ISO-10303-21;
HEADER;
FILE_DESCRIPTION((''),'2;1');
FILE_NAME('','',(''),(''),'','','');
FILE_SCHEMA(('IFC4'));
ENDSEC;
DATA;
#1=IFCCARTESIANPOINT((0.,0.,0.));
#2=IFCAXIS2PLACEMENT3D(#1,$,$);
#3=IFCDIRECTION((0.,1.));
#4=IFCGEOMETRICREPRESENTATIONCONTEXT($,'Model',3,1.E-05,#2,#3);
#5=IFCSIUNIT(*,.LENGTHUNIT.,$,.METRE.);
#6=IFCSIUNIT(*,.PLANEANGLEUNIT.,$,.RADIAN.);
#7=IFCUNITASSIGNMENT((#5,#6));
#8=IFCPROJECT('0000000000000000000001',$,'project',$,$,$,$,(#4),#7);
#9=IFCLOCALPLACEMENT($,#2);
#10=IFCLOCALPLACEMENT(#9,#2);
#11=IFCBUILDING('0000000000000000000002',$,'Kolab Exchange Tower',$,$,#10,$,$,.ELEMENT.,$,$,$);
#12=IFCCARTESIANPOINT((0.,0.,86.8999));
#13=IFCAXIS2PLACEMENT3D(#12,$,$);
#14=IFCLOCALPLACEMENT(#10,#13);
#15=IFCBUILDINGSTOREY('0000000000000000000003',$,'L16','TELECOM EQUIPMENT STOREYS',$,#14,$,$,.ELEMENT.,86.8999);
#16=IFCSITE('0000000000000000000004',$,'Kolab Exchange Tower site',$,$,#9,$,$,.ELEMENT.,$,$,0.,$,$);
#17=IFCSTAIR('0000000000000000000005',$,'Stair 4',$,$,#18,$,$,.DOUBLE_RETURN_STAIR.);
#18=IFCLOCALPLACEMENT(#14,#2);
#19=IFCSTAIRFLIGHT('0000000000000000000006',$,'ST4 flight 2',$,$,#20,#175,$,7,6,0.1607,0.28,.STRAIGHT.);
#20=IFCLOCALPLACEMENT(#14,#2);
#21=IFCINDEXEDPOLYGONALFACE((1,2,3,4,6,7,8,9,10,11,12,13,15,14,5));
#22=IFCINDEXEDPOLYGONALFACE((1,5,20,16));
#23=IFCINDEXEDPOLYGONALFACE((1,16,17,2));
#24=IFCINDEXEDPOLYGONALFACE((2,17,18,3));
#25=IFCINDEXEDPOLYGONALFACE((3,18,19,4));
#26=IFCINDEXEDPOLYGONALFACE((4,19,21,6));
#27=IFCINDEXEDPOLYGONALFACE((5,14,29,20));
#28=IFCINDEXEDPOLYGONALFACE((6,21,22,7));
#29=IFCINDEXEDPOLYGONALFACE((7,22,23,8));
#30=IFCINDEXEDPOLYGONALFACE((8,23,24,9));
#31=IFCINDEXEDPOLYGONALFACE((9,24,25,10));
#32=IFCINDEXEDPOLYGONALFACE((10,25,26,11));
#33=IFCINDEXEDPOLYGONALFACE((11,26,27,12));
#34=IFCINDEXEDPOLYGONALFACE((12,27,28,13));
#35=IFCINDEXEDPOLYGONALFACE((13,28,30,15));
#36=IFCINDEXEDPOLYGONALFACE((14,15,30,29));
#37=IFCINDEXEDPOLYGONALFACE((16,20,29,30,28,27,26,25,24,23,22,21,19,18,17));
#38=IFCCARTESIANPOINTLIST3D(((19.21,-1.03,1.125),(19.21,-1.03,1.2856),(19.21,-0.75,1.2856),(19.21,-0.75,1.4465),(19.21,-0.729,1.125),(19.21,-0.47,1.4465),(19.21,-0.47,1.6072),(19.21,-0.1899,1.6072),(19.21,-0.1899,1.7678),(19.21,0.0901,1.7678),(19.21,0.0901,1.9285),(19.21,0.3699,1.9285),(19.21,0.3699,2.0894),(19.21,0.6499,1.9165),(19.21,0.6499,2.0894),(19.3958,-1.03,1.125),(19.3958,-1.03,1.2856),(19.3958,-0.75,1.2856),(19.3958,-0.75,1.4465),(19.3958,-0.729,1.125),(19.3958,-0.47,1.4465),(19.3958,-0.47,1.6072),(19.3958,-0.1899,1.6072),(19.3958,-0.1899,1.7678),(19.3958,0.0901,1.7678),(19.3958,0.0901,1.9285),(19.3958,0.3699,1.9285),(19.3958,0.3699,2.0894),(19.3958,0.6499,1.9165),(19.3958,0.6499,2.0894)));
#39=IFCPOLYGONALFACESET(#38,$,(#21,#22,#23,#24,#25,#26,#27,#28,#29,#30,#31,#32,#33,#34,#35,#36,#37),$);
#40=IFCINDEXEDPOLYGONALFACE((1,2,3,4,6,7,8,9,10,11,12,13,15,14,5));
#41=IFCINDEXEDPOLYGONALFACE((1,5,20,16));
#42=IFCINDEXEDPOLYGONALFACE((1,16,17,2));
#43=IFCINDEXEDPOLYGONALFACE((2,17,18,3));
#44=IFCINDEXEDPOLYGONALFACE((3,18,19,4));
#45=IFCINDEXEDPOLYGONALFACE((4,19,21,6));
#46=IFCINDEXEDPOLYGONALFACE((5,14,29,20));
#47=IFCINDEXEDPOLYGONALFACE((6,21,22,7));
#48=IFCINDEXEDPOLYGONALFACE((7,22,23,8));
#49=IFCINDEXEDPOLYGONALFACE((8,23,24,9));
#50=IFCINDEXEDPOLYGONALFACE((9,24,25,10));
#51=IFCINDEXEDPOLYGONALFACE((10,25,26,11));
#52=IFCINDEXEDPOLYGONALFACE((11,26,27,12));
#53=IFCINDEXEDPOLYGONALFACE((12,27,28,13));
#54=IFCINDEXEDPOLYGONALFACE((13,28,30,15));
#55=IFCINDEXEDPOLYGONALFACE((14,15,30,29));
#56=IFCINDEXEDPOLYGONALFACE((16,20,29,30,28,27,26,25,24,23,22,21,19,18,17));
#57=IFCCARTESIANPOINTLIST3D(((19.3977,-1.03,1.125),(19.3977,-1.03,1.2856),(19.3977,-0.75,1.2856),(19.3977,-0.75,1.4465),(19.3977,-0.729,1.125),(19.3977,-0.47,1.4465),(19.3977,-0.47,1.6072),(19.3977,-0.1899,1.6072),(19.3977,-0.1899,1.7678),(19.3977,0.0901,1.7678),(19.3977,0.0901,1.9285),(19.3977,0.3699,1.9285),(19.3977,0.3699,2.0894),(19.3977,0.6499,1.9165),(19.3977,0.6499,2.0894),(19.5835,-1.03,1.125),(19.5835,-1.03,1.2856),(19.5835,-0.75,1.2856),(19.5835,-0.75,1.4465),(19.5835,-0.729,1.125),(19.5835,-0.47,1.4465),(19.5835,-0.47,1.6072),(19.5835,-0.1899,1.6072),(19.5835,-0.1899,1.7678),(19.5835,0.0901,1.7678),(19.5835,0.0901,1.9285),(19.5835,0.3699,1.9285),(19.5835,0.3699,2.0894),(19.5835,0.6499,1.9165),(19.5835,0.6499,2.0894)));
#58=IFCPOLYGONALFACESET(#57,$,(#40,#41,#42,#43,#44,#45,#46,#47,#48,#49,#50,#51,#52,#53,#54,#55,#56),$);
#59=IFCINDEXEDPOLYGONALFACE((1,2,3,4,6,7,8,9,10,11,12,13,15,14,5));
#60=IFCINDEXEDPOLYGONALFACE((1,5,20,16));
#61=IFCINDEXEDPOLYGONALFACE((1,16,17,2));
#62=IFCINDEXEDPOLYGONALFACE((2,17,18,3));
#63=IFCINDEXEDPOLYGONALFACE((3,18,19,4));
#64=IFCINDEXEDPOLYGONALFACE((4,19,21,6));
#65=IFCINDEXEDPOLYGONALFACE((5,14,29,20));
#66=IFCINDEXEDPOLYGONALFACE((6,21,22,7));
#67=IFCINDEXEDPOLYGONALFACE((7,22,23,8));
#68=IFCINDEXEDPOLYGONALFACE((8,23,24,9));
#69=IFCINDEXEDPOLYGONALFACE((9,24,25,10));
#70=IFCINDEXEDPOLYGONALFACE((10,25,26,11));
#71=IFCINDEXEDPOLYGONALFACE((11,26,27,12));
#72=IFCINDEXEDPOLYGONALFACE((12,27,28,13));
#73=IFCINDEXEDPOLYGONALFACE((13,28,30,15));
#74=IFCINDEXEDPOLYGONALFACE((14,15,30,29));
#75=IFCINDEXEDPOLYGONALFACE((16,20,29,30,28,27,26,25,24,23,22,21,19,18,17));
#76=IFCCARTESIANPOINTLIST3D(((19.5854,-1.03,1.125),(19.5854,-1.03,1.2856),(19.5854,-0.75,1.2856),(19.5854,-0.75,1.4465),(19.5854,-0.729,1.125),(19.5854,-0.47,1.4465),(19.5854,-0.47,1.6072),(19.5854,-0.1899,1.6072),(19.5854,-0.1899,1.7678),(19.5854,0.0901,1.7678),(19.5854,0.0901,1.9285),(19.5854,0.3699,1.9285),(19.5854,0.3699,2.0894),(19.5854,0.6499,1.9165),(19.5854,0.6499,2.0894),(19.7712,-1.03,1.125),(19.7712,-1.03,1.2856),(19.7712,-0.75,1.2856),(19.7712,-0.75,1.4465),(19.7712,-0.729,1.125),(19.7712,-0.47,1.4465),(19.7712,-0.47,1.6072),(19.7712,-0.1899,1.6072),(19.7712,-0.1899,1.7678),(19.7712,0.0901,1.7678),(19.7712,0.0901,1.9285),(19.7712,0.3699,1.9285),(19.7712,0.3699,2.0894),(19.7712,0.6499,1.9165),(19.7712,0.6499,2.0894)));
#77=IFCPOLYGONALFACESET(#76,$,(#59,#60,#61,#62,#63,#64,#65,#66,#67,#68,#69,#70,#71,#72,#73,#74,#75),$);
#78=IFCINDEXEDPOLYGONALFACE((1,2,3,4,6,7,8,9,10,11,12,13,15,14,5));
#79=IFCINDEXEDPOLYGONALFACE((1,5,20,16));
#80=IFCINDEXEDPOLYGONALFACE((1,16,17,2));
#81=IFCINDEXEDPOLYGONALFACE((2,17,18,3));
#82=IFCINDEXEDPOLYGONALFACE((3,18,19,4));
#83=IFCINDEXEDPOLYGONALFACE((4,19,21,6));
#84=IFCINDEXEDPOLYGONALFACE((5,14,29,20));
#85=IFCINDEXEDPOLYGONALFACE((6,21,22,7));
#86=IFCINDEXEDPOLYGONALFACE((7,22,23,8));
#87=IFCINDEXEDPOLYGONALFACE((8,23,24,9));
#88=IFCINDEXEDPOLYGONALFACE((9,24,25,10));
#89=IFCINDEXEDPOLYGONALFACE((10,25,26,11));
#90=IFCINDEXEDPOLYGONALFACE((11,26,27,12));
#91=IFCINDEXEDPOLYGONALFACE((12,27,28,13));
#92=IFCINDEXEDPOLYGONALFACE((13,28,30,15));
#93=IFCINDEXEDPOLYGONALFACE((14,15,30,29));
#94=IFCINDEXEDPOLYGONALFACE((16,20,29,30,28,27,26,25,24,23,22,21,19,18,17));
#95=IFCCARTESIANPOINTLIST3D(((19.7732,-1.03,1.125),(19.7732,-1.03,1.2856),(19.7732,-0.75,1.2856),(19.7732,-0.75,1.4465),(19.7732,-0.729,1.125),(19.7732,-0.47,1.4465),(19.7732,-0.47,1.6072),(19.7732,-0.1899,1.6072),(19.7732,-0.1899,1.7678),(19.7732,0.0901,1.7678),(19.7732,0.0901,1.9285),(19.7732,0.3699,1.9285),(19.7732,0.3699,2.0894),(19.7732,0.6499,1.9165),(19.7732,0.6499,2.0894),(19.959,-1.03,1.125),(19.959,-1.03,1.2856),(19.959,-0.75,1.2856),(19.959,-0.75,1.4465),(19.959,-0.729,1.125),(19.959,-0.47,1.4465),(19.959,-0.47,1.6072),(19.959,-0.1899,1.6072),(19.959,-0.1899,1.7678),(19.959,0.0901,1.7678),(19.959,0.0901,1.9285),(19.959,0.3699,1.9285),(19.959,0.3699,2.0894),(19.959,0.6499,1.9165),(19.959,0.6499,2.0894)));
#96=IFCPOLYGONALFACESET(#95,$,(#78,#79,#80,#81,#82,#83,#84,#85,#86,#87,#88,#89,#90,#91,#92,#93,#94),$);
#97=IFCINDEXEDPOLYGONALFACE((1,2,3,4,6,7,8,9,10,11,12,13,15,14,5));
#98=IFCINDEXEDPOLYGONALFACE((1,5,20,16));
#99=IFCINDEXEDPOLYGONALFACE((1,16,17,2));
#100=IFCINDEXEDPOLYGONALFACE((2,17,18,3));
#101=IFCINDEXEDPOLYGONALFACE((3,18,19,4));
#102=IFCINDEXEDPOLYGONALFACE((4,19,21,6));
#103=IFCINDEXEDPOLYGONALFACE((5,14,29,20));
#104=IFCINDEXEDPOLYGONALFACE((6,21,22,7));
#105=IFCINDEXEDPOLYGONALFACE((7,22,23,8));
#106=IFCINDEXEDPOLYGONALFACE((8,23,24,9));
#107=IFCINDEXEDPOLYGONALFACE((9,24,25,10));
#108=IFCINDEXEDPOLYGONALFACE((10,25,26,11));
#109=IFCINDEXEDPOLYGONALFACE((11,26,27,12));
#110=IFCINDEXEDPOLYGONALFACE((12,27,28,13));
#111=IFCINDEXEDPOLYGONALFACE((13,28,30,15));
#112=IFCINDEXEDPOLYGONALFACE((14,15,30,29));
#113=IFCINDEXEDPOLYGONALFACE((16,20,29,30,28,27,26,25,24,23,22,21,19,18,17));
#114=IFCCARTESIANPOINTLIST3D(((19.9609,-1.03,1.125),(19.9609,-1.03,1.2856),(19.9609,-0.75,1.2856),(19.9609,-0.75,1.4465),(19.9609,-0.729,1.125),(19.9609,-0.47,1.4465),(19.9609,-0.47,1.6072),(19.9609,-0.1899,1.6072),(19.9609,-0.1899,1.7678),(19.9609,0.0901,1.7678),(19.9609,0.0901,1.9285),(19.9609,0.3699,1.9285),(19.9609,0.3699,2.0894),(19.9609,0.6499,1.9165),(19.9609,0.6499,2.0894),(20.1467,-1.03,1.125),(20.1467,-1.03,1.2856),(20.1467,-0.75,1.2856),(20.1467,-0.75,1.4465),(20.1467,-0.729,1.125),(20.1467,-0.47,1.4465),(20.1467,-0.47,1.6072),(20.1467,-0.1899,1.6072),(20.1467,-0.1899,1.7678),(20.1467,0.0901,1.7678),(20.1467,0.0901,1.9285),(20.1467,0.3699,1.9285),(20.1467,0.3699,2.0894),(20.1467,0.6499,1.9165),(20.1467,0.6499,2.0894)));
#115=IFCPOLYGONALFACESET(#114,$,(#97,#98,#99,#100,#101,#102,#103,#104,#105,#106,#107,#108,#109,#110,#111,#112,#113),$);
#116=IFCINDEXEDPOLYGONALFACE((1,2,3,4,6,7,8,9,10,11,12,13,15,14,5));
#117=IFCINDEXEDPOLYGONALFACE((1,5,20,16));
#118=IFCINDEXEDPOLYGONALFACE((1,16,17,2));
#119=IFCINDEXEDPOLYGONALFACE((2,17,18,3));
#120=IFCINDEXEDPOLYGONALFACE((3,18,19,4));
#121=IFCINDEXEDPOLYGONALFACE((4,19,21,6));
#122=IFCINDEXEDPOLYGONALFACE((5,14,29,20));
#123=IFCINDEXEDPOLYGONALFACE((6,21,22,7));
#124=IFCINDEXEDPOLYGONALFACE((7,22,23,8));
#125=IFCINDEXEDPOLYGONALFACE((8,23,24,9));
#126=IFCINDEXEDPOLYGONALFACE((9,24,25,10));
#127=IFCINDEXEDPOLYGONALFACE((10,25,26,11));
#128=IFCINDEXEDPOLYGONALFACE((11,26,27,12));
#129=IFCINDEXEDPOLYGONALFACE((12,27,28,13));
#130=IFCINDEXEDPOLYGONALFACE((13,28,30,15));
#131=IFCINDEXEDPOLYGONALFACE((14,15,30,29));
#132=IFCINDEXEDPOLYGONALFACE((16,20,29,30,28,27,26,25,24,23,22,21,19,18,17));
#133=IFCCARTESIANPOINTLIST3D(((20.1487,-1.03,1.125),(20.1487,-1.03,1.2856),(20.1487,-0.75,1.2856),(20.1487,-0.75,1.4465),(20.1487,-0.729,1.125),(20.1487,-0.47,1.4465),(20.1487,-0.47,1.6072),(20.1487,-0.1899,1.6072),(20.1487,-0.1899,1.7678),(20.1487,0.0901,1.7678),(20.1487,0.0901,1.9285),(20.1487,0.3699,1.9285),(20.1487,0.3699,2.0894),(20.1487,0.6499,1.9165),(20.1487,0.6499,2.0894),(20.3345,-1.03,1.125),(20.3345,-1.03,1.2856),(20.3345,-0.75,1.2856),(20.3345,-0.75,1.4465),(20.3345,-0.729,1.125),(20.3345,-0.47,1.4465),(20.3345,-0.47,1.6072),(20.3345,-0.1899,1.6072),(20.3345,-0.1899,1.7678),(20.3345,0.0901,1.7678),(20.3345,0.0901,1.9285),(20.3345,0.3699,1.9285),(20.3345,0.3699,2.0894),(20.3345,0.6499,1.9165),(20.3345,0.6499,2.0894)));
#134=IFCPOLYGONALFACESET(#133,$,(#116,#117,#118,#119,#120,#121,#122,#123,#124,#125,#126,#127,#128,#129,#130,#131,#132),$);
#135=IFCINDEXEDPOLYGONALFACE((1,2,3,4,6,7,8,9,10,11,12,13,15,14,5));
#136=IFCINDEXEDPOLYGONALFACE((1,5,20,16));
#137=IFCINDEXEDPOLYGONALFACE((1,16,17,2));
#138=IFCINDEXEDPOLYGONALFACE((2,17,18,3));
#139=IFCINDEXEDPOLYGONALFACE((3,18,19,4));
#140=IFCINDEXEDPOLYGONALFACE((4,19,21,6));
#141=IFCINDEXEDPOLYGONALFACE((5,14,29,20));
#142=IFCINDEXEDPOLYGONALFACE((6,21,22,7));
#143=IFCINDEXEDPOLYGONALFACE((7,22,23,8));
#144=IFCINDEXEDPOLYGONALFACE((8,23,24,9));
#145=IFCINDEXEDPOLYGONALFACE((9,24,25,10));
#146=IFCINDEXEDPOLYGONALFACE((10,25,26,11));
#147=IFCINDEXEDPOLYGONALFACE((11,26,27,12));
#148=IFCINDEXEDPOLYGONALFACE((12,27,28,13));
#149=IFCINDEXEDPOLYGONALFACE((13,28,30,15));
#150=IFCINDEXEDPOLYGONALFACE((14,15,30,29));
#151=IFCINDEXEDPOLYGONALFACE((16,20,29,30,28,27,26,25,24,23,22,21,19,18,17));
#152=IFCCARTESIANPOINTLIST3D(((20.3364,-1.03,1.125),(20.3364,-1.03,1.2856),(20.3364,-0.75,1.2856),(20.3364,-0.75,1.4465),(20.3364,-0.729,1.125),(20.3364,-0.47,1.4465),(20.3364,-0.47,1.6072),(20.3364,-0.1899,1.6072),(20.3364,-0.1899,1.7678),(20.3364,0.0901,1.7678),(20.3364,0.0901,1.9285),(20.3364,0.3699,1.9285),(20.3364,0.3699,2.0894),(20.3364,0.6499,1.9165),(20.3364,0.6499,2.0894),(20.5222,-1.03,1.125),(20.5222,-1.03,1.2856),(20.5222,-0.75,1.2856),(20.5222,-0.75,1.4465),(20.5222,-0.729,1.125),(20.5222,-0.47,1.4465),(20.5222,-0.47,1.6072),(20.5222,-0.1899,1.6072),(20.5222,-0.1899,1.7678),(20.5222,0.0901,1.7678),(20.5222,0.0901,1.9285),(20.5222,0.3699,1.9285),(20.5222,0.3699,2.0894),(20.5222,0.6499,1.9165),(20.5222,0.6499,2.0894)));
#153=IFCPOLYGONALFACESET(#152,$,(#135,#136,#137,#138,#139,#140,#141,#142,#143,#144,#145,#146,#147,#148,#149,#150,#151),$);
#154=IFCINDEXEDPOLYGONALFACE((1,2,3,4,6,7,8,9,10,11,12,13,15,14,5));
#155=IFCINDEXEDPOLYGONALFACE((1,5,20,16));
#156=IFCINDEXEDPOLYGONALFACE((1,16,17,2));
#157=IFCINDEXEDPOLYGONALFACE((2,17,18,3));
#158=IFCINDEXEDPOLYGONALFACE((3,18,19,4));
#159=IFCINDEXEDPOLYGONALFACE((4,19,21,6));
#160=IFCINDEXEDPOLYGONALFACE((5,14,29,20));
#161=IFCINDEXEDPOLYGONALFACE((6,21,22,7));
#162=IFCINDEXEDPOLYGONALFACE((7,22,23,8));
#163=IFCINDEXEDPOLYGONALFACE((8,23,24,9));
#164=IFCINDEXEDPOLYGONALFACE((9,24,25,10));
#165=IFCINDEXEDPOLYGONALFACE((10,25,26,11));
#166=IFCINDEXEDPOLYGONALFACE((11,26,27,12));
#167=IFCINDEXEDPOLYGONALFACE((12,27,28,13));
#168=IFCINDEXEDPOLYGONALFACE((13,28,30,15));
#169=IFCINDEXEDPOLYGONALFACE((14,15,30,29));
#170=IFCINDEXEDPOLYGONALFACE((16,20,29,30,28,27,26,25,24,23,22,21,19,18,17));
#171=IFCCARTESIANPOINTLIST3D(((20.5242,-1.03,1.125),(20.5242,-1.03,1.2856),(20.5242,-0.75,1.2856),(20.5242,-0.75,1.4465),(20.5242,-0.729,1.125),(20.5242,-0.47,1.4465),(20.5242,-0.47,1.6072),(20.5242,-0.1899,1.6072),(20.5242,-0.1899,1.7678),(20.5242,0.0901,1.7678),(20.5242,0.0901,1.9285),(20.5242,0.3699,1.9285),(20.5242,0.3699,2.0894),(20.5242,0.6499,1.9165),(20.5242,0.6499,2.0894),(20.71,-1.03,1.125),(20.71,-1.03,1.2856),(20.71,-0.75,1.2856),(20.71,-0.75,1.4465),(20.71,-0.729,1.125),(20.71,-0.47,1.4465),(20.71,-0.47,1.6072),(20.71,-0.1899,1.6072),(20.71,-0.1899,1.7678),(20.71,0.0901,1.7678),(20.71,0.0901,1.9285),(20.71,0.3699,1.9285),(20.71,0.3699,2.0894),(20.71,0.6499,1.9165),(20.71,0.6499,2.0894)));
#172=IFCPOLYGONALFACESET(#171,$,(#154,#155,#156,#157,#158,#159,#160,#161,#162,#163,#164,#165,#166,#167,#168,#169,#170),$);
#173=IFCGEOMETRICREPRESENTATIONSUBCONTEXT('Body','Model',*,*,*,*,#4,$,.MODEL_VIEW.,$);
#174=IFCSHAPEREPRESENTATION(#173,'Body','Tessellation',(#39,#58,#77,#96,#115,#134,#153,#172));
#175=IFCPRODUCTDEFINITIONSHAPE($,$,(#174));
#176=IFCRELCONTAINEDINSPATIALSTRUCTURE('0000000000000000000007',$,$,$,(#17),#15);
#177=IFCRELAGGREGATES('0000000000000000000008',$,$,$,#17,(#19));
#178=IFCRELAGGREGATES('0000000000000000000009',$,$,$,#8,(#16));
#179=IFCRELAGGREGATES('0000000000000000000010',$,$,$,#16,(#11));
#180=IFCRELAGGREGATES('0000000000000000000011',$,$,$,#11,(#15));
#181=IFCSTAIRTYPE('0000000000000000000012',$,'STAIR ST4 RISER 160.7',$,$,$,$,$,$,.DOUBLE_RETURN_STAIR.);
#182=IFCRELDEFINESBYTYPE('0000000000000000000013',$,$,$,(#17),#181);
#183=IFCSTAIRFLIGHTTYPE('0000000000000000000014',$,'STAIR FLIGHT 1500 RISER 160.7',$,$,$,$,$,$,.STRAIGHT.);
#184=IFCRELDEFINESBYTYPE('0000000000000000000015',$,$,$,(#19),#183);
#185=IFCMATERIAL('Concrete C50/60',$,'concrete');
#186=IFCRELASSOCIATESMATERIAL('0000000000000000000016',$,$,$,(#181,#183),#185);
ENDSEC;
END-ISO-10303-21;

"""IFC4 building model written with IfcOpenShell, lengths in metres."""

from ifc_helpers import new_model, si_unit, direction, frame, origin, place, context, subcontext, project, spatial, polyline, outline, extrude, material, type_object, element, aggregate, save


model = new_model("IFC4")

# Units and contexts
model_context = context("Model", 3, precision=1e-05, world=origin(), true_north=direction((0.0, 1.0)))
body_context = subcontext(model_context, "Body", "Model", "MODEL_VIEW")
ifc_project = project(units=[si_unit("LENGTHUNIT", "METRE"), si_unit("PLANEANGLEUNIT", "RADIAN")], contexts=[model_context])

# Site, building, storey
site_placement = place(None, origin())
site = spatial("IfcSite", under=ifc_project, at=site_placement, Name="Kolab Exchange Tower site", CompositionType="ELEMENT", RefElevation=0.0)
building_placement = place(site_placement, origin())
building = spatial("IfcBuilding", under=site, at=building_placement, Name="Kolab Exchange Tower", CompositionType="ELEMENT")
storey_placement = place(building_placement, frame((0.0, 0.0, 86.8999)))
storey = spatial("IfcBuildingStorey", under=building, at=storey_placement, Name="L16", Description="TELECOM EQUIPMENT STOREYS", CompositionType="ELEMENT", Elevation=86.8999)

# Shared definitions
ifc_material_1 = material(Name="Concrete C50/60", Category="concrete")

# Stair, stair flight
stair_type = type_object("IfcStairType", Name="STAIR ST4 RISER 160.7", PredefinedType="DOUBLE_RETURN_STAIR", material=ifc_material_1)
stair_placement = place(storey_placement, origin())
stair = element("IfcStair", 1, at=stair_placement, inside=storey, type_object=stair_type, Name="Stair 4", PredefinedType="DOUBLE_RETURN_STAIR")
stair_flight_type = type_object("IfcStairFlightType", Name="STAIR FLIGHT 1500 RISER 160.7", PredefinedType="STRAIGHT", material=ifc_material_1)
stair_flight_1_placement = place(storey_placement, frame((19.96, -1.03, 1.125), z_axis=(0.0, 0.0, 1.0), x_axis=(0.0, 1.0, 0.0)))
stair_flight_1 = element("IfcStairFlight", 2, at=stair_flight_1_placement, type_object=stair_flight_type, Name="ST4 flight 2", NumberOfRisers=7, NumberOfTreads=6, PredefinedType="STRAIGHT", RiserHeight=0.1607, TreadLength=0.28, context=body_context, shape_type="SweptSolid", body=[
    extrude(outline(polyline([(0.0, 0.0), (0.0, 0.1606), (0.28, 0.1606), (0.28, 0.3215), (0.5601, 0.3215), (0.5601, 0.4822), (0.8401, 0.4822), (0.8401, 0.6428), (1.1201, 0.6428), (1.1201, 0.8035), (1.3999, 0.8035), (1.3999, 0.9644), (1.6799, 0.9644), (1.6799, 1.125), (1.6799, 0.7915), (0.301, 0.0), (0.0, 0.0)])), frame((0.0, 0.75, 0.0), z_axis=(0.0, -1.0, 0.0), x_axis=(1.0, 0.0, 0.0)), (0.0, 0.0, 1.0), 0.1858),
    extrude(outline(polyline([(0.0, 0.0), (0.0, 0.1606), (0.28, 0.1606), (0.28, 0.3215), (0.5601, 0.3215), (0.5601, 0.4822), (0.8401, 0.4822), (0.8401, 0.6428), (1.1201, 0.6428), (1.1201, 0.8035), (1.3999, 0.8035), (1.3999, 0.9644), (1.6799, 0.9644), (1.6799, 1.125), (1.6799, 0.7915), (0.301, 0.0), (0.0, 0.0)])), frame((0.0, 0.5623, 0.0), z_axis=(0.0, -1.0, 0.0), x_axis=(1.0, 0.0, 0.0)), (0.0, 0.0, 1.0), 0.1858),
    extrude(outline(polyline([(0.0, 0.0), (0.0, 0.1606), (0.28, 0.1606), (0.28, 0.3215), (0.5601, 0.3215), (0.5601, 0.4822), (0.8401, 0.4822), (0.8401, 0.6428), (1.1201, 0.6428), (1.1201, 0.8035), (1.3999, 0.8035), (1.3999, 0.9644), (1.6799, 0.9644), (1.6799, 1.125), (1.6799, 0.7915), (0.301, 0.0), (0.0, 0.0)])), frame((0.0, 0.3745, 0.0), z_axis=(0.0, -1.0, 0.0), x_axis=(1.0, 0.0, 0.0)), (0.0, 0.0, 1.0), 0.1858),
    extrude(outline(polyline([(0.0, 0.0), (0.0, 0.1606), (0.28, 0.1606), (0.28, 0.3215), (0.5601, 0.3215), (0.5601, 0.4822), (0.8401, 0.4822), (0.8401, 0.6428), (1.1201, 0.6428), (1.1201, 0.8035), (1.3999, 0.8035), (1.3999, 0.9644), (1.6799, 0.9644), (1.6799, 1.125), (1.6799, 0.7915), (0.301, 0.0), (0.0, 0.0)])), frame((0.0, 0.1868, 0.0), z_axis=(0.0, -1.0, 0.0), x_axis=(1.0, 0.0, 0.0)), (0.0, 0.0, 1.0), 0.1858),
    extrude(outline(polyline([(0.0, 0.0), (0.0, 0.1606), (0.28, 0.1606), (0.28, 0.3215), (0.5601, 0.3215), (0.5601, 0.4822), (0.8401, 0.4822), (0.8401, 0.6428), (1.1201, 0.6428), (1.1201, 0.8035), (1.3999, 0.8035), (1.3999, 0.9644), (1.6799, 0.9644), (1.6799, 1.125), (1.6799, 0.7915), (0.301, 0.0), (0.0, 0.0)])), frame((0.0, -0.001, 0.0), z_axis=(0.0, -1.0, 0.0), x_axis=(1.0, 0.0, 0.0)), (0.0, 0.0, 1.0), 0.1858),
    extrude(outline(polyline([(0.0, 0.0), (0.0, 0.1606), (0.28, 0.1606), (0.28, 0.3215), (0.5601, 0.3215), (0.5601, 0.4822), (0.8401, 0.4822), (0.8401, 0.6428), (1.1201, 0.6428), (1.1201, 0.8035), (1.3999, 0.8035), (1.3999, 0.9644), (1.6799, 0.9644), (1.6799, 1.125), (1.6799, 0.7915), (0.301, 0.0), (0.0, 0.0)])), frame((0.0, -0.1887, 0.0), z_axis=(0.0, -1.0, 0.0), x_axis=(1.0, 0.0, 0.0)), (0.0, 0.0, 1.0), 0.1858),
    extrude(outline(polyline([(0.0, 0.0), (0.0, 0.1606), (0.28, 0.1606), (0.28, 0.3215), (0.5601, 0.3215), (0.5601, 0.4822), (0.8401, 0.4822), (0.8401, 0.6428), (1.1201, 0.6428), (1.1201, 0.8035), (1.3999, 0.8035), (1.3999, 0.9644), (1.6799, 0.9644), (1.6799, 1.125), (1.6799, 0.7915), (0.301, 0.0), (0.0, 0.0)])), frame((0.0, -0.3765, 0.0), z_axis=(0.0, -1.0, 0.0), x_axis=(1.0, 0.0, 0.0)), (0.0, 0.0, 1.0), 0.1858),
    extrude(outline(polyline([(0.0, 0.0), (0.0, 0.1606), (0.28, 0.1606), (0.28, 0.3215), (0.5601, 0.3215), (0.5601, 0.4822), (0.8401, 0.4822), (0.8401, 0.6428), (1.1201, 0.6428), (1.1201, 0.8035), (1.3999, 0.8035), (1.3999, 0.9644), (1.6799, 0.9644), (1.6799, 1.125), (1.6799, 0.7915), (0.301, 0.0), (0.0, 0.0)])), frame((0.0, -0.5642, 0.0), z_axis=(0.0, -1.0, 0.0), x_axis=(1.0, 0.0, 0.0)), (0.0, 0.0, 1.0), 0.1858),
])
aggregate(stair, [stair_flight_1])

save(model, "model.ifc")
